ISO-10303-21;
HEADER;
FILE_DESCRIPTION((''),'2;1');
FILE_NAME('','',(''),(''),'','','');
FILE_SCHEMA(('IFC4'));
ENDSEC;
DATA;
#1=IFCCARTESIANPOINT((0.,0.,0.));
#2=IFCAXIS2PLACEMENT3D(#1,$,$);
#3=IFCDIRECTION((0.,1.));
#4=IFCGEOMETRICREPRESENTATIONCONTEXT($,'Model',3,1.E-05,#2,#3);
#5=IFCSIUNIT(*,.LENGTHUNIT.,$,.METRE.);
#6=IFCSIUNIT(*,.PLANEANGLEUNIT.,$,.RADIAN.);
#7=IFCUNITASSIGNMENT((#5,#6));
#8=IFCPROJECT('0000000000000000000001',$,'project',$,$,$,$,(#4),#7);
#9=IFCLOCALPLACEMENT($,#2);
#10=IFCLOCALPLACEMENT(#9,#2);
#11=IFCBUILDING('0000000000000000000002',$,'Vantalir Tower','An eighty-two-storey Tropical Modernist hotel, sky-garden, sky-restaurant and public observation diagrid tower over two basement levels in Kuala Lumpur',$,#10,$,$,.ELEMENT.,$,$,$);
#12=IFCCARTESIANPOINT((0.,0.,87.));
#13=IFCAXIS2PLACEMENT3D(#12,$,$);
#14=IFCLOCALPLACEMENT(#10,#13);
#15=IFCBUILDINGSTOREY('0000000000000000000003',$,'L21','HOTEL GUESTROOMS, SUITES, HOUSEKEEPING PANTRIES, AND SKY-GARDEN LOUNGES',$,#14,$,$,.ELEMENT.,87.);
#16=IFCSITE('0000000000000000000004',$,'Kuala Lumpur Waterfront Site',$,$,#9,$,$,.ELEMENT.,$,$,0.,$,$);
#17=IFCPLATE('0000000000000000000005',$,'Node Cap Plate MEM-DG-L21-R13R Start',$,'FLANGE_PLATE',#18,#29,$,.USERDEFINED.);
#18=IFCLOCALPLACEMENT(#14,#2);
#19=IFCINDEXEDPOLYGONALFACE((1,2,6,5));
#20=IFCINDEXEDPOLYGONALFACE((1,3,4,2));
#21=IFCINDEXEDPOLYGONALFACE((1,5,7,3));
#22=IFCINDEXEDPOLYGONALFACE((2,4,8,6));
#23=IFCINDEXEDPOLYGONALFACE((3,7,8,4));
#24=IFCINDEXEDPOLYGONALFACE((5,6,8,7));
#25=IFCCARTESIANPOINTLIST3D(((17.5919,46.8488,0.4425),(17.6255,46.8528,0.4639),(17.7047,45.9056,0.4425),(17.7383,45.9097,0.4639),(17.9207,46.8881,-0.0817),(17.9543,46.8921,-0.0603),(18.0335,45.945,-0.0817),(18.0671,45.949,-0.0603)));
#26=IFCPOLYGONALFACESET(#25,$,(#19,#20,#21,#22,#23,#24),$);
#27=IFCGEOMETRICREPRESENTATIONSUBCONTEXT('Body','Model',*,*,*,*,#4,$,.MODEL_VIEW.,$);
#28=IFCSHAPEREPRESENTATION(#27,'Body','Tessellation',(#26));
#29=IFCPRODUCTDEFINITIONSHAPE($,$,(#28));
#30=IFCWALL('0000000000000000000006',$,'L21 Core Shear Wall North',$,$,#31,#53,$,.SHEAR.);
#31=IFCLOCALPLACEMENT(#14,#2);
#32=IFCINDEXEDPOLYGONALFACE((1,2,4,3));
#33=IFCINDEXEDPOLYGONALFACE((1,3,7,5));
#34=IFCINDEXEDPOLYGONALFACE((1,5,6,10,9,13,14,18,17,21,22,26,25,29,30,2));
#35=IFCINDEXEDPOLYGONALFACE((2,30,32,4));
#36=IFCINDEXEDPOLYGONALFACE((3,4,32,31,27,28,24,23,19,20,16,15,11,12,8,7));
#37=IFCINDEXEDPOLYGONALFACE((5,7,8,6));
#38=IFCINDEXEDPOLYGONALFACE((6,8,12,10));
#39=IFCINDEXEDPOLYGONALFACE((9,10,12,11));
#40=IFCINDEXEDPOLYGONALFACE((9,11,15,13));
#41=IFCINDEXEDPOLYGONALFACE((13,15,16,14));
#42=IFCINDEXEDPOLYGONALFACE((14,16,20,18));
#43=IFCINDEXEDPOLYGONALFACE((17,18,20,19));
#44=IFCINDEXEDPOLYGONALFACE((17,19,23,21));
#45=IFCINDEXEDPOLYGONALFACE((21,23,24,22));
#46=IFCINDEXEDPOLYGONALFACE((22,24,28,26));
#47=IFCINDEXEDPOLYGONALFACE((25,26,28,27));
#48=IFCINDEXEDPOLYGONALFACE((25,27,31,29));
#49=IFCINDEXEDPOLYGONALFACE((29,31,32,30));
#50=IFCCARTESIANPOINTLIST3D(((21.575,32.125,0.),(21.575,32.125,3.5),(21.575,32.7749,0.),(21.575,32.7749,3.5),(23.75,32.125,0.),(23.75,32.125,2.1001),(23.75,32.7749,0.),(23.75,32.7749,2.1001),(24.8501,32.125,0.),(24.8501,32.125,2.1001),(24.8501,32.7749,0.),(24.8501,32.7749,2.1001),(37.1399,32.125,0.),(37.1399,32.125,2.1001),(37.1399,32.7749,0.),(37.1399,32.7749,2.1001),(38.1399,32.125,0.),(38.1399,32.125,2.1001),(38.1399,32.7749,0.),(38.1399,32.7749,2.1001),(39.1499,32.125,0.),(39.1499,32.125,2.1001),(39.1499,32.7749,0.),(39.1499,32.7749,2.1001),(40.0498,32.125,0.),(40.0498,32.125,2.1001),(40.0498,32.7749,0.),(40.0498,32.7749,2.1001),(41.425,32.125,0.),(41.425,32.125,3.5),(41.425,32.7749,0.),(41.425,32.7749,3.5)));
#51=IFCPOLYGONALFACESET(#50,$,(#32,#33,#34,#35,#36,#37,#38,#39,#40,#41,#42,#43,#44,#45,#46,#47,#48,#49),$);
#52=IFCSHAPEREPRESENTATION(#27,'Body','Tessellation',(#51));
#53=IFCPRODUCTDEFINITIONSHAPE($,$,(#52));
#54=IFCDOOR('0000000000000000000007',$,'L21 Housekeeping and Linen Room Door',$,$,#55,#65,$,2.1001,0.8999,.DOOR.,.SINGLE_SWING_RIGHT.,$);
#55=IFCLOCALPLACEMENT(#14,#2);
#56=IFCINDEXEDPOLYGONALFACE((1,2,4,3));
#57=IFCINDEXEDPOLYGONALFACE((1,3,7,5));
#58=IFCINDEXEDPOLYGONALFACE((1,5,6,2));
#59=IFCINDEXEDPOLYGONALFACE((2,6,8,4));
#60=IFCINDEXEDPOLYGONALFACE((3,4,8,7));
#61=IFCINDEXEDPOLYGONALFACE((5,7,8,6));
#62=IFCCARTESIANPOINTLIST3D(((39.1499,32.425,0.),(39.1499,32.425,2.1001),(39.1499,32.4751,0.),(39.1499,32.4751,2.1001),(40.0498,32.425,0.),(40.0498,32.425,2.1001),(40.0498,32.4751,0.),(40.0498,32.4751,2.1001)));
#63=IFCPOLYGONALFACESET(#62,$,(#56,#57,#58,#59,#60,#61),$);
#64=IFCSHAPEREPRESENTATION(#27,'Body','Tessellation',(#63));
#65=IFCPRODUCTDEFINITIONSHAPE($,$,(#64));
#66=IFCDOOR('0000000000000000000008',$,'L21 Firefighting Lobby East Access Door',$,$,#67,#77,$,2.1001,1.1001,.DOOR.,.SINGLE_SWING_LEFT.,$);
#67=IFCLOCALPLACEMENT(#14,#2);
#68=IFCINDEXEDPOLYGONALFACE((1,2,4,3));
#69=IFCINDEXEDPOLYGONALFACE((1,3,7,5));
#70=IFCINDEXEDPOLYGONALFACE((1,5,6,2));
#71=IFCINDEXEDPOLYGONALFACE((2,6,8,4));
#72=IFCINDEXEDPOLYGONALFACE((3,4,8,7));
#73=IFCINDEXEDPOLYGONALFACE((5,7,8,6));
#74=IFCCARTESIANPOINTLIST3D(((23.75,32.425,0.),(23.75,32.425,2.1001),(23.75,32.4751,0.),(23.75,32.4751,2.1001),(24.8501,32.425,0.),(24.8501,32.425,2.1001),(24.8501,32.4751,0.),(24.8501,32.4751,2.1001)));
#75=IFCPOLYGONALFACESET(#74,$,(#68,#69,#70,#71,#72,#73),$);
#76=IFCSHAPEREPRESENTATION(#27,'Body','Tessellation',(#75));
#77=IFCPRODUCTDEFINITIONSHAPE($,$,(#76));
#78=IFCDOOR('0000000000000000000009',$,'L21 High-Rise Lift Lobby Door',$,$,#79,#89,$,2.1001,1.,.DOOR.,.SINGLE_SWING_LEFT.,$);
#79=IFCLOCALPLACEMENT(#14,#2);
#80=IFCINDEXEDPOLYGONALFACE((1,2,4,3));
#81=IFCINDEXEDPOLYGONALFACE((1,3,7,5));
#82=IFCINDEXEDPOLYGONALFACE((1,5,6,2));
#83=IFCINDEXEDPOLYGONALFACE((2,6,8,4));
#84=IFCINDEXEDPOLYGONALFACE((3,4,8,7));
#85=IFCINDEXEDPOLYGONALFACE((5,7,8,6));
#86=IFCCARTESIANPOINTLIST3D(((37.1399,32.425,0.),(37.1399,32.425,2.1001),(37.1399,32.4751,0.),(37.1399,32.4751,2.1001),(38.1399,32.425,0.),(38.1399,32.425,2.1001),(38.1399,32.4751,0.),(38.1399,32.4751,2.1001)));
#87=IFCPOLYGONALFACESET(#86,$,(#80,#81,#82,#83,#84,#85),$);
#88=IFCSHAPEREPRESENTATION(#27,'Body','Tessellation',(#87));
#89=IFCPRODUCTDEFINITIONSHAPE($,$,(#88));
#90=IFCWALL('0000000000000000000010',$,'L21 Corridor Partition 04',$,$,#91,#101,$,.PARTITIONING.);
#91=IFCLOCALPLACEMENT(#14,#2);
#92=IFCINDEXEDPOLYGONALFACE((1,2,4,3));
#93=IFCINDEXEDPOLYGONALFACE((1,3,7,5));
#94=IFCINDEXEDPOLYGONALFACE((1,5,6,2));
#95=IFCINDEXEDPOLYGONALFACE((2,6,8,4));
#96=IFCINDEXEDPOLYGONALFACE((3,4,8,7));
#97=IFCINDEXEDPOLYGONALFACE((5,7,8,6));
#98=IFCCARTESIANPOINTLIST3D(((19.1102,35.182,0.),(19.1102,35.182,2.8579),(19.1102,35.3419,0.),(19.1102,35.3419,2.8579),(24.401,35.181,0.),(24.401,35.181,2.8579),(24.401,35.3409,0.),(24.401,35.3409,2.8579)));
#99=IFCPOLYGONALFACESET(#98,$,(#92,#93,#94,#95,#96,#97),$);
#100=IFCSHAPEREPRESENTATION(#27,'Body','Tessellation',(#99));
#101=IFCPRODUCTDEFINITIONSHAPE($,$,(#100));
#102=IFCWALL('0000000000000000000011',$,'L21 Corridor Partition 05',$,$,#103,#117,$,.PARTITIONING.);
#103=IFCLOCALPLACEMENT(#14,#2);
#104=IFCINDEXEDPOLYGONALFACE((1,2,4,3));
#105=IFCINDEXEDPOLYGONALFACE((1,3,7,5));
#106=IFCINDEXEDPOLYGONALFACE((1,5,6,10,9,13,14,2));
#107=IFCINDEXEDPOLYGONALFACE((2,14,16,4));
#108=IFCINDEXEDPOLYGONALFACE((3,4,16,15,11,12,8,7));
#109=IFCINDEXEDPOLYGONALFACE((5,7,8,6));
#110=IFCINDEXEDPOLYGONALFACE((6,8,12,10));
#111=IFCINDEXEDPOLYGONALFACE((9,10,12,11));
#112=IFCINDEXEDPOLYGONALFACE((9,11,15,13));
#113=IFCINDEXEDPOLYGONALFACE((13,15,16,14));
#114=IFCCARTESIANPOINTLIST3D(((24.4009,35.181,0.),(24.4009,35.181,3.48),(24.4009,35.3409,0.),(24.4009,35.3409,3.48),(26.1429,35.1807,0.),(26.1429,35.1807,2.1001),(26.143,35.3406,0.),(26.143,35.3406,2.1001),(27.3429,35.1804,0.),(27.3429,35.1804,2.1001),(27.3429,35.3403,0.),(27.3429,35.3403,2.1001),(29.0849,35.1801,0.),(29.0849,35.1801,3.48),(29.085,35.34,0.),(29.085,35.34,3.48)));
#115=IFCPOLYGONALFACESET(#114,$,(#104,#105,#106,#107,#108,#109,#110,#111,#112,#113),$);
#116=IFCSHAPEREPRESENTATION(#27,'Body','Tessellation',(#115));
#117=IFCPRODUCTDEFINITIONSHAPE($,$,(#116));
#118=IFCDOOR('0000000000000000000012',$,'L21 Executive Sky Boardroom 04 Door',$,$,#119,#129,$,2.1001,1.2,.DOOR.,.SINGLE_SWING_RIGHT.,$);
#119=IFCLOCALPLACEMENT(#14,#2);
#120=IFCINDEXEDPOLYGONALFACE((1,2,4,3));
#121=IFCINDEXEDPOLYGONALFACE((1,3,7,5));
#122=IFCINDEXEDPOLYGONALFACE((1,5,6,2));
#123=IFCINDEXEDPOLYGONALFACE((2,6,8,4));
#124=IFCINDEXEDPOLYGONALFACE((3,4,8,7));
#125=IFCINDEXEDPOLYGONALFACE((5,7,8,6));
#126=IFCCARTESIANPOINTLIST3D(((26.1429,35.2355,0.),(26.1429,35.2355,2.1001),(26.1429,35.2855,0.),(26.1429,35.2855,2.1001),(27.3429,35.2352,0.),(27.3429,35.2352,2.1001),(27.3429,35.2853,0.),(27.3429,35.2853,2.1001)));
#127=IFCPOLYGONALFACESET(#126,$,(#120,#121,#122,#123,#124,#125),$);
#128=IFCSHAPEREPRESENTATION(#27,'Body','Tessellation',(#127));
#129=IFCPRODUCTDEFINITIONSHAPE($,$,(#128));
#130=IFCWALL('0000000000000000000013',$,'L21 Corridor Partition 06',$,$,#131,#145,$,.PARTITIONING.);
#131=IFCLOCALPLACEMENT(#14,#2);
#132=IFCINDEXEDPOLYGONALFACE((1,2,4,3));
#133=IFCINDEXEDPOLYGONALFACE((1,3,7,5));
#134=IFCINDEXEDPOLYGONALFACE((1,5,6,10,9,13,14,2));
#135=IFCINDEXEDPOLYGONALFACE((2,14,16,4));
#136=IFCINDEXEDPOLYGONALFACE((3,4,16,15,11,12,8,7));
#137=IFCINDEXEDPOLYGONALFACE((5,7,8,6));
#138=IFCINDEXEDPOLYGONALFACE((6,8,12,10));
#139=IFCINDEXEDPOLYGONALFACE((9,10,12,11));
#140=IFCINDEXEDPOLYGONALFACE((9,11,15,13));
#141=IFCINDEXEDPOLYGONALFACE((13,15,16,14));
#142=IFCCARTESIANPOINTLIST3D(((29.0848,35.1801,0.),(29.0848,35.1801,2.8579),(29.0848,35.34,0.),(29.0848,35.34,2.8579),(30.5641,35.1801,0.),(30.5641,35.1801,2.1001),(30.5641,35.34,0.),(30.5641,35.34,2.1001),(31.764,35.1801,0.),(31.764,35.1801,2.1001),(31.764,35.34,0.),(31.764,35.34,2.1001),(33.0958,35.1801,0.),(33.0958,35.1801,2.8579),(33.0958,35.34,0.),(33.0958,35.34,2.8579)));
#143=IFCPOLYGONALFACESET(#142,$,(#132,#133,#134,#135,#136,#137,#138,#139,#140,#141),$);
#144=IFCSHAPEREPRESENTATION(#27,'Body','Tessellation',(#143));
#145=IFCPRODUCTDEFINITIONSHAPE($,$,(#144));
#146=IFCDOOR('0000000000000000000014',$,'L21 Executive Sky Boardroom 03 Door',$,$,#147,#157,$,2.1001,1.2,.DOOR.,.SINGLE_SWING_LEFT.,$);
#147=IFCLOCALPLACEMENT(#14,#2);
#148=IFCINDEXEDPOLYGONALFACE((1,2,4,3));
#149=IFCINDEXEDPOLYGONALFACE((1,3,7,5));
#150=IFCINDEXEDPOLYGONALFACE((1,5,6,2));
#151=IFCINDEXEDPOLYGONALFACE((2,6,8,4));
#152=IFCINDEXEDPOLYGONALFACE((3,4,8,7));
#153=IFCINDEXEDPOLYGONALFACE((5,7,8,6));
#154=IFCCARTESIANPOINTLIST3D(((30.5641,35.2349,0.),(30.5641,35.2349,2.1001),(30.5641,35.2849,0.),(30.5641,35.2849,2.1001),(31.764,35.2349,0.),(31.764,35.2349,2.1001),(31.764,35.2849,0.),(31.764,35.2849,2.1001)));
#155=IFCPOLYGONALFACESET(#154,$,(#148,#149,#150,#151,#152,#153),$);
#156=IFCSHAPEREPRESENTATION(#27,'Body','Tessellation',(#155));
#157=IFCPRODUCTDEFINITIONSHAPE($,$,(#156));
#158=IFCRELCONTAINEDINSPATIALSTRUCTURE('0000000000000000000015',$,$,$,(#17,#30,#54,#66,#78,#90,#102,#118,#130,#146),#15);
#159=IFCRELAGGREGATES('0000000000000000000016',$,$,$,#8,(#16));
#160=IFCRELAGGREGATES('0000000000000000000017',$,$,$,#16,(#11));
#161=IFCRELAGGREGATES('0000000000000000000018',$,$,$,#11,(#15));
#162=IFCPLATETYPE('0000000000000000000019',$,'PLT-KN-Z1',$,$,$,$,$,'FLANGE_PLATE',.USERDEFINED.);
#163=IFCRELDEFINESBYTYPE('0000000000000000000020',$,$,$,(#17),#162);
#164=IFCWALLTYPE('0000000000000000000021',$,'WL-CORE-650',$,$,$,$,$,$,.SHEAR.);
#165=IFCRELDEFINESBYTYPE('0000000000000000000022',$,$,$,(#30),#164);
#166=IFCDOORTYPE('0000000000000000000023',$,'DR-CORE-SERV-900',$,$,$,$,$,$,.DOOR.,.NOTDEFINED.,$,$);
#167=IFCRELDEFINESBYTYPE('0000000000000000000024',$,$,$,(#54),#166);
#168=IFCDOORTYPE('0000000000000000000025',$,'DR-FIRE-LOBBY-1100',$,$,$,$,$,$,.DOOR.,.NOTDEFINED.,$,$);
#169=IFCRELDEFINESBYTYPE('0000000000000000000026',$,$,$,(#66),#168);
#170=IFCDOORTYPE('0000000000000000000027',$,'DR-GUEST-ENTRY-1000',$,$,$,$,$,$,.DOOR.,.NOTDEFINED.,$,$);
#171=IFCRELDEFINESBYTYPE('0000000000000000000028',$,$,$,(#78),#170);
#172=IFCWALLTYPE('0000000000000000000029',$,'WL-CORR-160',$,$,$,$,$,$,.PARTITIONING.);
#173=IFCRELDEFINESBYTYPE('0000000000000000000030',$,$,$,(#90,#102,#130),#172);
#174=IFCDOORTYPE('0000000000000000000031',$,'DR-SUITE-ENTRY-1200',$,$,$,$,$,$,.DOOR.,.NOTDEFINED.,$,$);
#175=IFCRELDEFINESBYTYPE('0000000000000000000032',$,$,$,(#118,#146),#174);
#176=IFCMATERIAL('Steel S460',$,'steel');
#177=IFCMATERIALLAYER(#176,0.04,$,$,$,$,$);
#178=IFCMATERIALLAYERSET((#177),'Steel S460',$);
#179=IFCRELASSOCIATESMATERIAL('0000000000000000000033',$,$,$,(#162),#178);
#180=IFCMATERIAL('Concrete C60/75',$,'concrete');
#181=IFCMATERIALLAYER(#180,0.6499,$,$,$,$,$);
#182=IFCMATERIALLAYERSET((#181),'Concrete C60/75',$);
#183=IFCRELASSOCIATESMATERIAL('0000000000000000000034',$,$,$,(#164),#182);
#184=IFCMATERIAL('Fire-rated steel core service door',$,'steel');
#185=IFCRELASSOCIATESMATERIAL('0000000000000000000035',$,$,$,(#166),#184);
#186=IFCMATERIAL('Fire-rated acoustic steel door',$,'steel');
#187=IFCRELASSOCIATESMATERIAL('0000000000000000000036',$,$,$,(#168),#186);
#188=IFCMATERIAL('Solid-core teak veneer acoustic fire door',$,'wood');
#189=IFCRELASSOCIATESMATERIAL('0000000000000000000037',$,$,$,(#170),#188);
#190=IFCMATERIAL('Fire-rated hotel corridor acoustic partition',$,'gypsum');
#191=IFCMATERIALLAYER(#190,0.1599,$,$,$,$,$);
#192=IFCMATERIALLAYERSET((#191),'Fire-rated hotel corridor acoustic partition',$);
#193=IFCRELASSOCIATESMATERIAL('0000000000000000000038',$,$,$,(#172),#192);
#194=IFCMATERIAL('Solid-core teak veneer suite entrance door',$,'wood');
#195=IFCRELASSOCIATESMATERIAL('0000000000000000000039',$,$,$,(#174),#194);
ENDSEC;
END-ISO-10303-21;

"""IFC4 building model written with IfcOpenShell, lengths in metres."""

from ifc_helpers import new_model, si_unit, direction, frame, frame_2d, origin, place, context, subcontext, project, spatial, polyline, rectangle, outline, extrude, material, layer, layer_set, type_object, element, fill, save


model = new_model("IFC4")

# Units and contexts
model_context = context("Model", 3, precision=1e-05, world=origin(), true_north=direction((0.0, 1.0)))
body_context = subcontext(model_context, "Body", "Model", "MODEL_VIEW")
ifc_project = project(units=[si_unit("LENGTHUNIT", "METRE"), si_unit("PLANEANGLEUNIT", "RADIAN")], contexts=[model_context])

# Site, building, storey
site_placement = place(None, origin())
site = spatial("IfcSite", under=ifc_project, at=site_placement, Name="Kuala Lumpur Waterfront Site", CompositionType="ELEMENT", RefElevation=0.0)
building_placement = place(site_placement, origin())
building = spatial("IfcBuilding", under=site, at=building_placement, Name="Vantalir Tower", Description="An eighty-two-storey Tropical Modernist hotel, sky-garden, sky-restaurant and public observation diagrid tower over two basement levels in Kuala Lumpur", CompositionType="ELEMENT")
storey_placement = place(building_placement, frame((0.0, 0.0, 87.0)))
storey = spatial("IfcBuildingStorey", under=building, at=storey_placement, Name="L21", Description="HOTEL GUESTROOMS, SUITES, HOUSEKEEPING PANTRIES, AND SKY-GARDEN LOUNGES", CompositionType="ELEMENT", Elevation=87.0)

# Shared definitions
ifc_material_1 = material(Name="Concrete C60/75", Category="concrete")
ifc_material_2 = material(Name="Steel S460", Category="steel")

# Plate
ifc_layer_1 = layer(ifc_material_2, 0.04)
ifc_layer_set_1 = layer_set([ifc_layer_1], Name="Steel S460")
plate_type_1 = type_object("IfcPlateType", Name="PLT-KN-Z1", ElementType="FLANGE_PLATE", PredefinedType="USERDEFINED", material=ifc_layer_set_1)
plate_1_placement = place(storey_placement, frame((18.0671, 45.949, -0.0603), z_axis=(0.839403, 0.100389, 0.534158), x_axis=(-0.11875, 0.992924, 0.0)))
element("IfcPlate", 1, at=plate_1_placement, inside=storey, type_object=plate_type_1, Name="Node Cap Plate MEM-DG-L21-R13R Start", ObjectType="FLANGE_PLATE", PredefinedType="USERDEFINED", context=body_context, shape_type="SweptSolid", body=[
    extrude(outline(polyline([(0.0, 0.0), (0.9498, 0.0), (0.9499, 0.62), (0.0, 0.62), (0.0, 0.0)])), origin(), (0.0, 0.0, -1.0), 0.04),
])

# Wall, openings, doors
ifc_layer_2 = layer(ifc_material_1, 0.6499)
ifc_layer_set_2 = layer_set([ifc_layer_2], Name="Concrete C60/75")
wall_type_1 = type_object("IfcWallType", Name="WL-CORE-650", PredefinedType="SHEAR", material=ifc_layer_set_2)
wall_1_placement = place(storey_placement, frame((21.575, 32.45, 0.0), z_axis=(0.0, 0.0, 1.0), x_axis=(1.0, 0.0, 0.0)))
wall_1 = element("IfcWall", 2, at=wall_1_placement, inside=storey, type_object=wall_type_1, Name="L21 Core Shear Wall North", PredefinedType="SHEAR", context=body_context, shape_type="SweptSolid", body=[
    extrude(rectangle(XDim=19.8501, YDim=0.6499, at=frame_2d((9.925, 0.0))), origin(), (0.0, 0.0, 1.0), 3.5),
])
opening_1_placement = place(wall_1_placement, frame((2.175, 0.0, 0.0)))
opening_1 = element("IfcOpeningElement", 3, at=opening_1_placement, cuts=wall_1, PredefinedType="OPENING", context=body_context, shape_type="SweptSolid", body=[
    extrude(rectangle(XDim=1.1001, YDim=2.1001, at=frame_2d((0.55, 1.05))), frame((0.0, 0.335, 0.0), z_axis=(0.0, -1.0, 0.0), x_axis=(1.0, 0.0, 0.0)), (0.0, 0.0, 1.0), 0.6699),
])
opening_2_placement = place(wall_1_placement, frame((15.5649, 0.0, 0.0)))
opening_2 = element("IfcOpeningElement", 4, at=opening_2_placement, cuts=wall_1, PredefinedType="OPENING", context=body_context, shape_type="SweptSolid", body=[
    extrude(rectangle(XDim=1.0, YDim=2.1001, at=frame_2d((0.5, 1.05))), frame((0.0, 0.335, 0.0), z_axis=(0.0, -1.0, 0.0), x_axis=(1.0, 0.0, 0.0)), (0.0, 0.0, 1.0), 0.6699),
])
opening_3_placement = place(wall_1_placement, frame((17.575, 0.0, 0.0)))
opening_3 = element("IfcOpeningElement", 5, at=opening_3_placement, cuts=wall_1, PredefinedType="OPENING", context=body_context, shape_type="SweptSolid", body=[
    extrude(rectangle(XDim=0.8999, YDim=2.1001, at=frame_2d((0.45, 1.05))), frame((0.0, 0.335, 0.0), z_axis=(0.0, -1.0, 0.0), x_axis=(1.0, 0.0, 0.0)), (0.0, 0.0, 1.0), 0.6699),
])
ifc_material_3 = material(Name="Fire-rated steel core service door", Category="steel")
door_type_1 = type_object("IfcDoorType", Name="DR-CORE-SERV-900", OperationType="NOTDEFINED", PredefinedType="DOOR", material=ifc_material_3)
door_1_placement = place(opening_3_placement, frame((0.8999, 0.0, 0.0), z_axis=(0.0, 0.0, 1.0), x_axis=(-1.0, 0.0, 0.0)))
door_1 = element("IfcDoor", 6, at=door_1_placement, inside=storey, type_object=door_type_1, Name="L21 Housekeeping and Linen Room Door", OperationType="SINGLE_SWING_RIGHT", OverallHeight=2.1001, OverallWidth=0.8999, PredefinedType="DOOR", context=body_context, shape_type="SweptSolid", body=[
    extrude(rectangle(XDim=0.8999, YDim=2.1001, at=frame_2d((0.45, 1.05))), frame((0.0, 0.0249, 0.0), z_axis=(0.0, -1.0, 0.0), x_axis=(1.0, 0.0, 0.0)), (0.0, 0.0, 1.0), 0.05),
])
fill(opening_3, door_1)
ifc_material_4 = material(Name="Fire-rated acoustic steel door", Category="steel")
door_type_2 = type_object("IfcDoorType", Name="DR-FIRE-LOBBY-1100", OperationType="NOTDEFINED", PredefinedType="DOOR", material=ifc_material_4)
door_2_placement = place(opening_1_placement, frame((1.1001, 0.0, 0.0), z_axis=(0.0, 0.0, 1.0), x_axis=(-1.0, 0.0, 0.0)))
door_2 = element("IfcDoor", 7, at=door_2_placement, inside=storey, type_object=door_type_2, Name="L21 Firefighting Lobby East Access Door", OperationType="SINGLE_SWING_LEFT", OverallHeight=2.1001, OverallWidth=1.1001, PredefinedType="DOOR", context=body_context, shape_type="SweptSolid", body=[
    extrude(rectangle(XDim=1.1001, YDim=2.1001, at=frame_2d((0.55, 1.05))), frame((0.0, 0.0249, 0.0), z_axis=(0.0, -1.0, 0.0), x_axis=(1.0, 0.0, 0.0)), (0.0, 0.0, 1.0), 0.05),
])
fill(opening_1, door_2)
ifc_material_5 = material(Name="Solid-core teak veneer acoustic fire door", Category="wood")
door_type_3 = type_object("IfcDoorType", Name="DR-GUEST-ENTRY-1000", OperationType="NOTDEFINED", PredefinedType="DOOR", material=ifc_material_5)
door_3_placement = place(opening_2_placement, frame((1.0, 0.0, 0.0), z_axis=(0.0, 0.0, 1.0), x_axis=(-1.0, 0.0, 0.0)))
door_3 = element("IfcDoor", 8, at=door_3_placement, inside=storey, type_object=door_type_3, Name="L21 High-Rise Lift Lobby Door", OperationType="SINGLE_SWING_LEFT", OverallHeight=2.1001, OverallWidth=1.0, PredefinedType="DOOR", context=body_context, shape_type="SweptSolid", body=[
    extrude(rectangle(XDim=1.0, YDim=2.1001, at=frame_2d((0.5, 1.05))), frame((0.0, 0.0249, 0.0), z_axis=(0.0, -1.0, 0.0), x_axis=(1.0, 0.0, 0.0)), (0.0, 0.0, 1.0), 0.05),
])
fill(opening_2, door_3)

# Wall
ifc_material_6 = material(Name="Fire-rated hotel corridor acoustic partition", Category="gypsum")
ifc_layer_3 = layer(ifc_material_6, 0.1599)
ifc_layer_set_3 = layer_set([ifc_layer_3], Name="Fire-rated hotel corridor acoustic partition")
wall_type_2 = type_object("IfcWallType", Name="WL-CORR-160", PredefinedType="PARTITIONING", material=ifc_layer_set_3)
wall_2_placement = place(storey_placement, frame((19.1101, 35.262, 0.0), z_axis=(0.0, 0.0, 1.0), x_axis=(1.0, -0.000185, 0.0)))
element("IfcWall", 9, at=wall_2_placement, inside=storey, type_object=wall_type_2, Name="L21 Corridor Partition 04", PredefinedType="PARTITIONING", context=body_context, shape_type="SweptSolid", body=[
    extrude(rectangle(XDim=5.2908, YDim=0.1599, at=frame_2d((2.6455, 0.0))), origin(), (0.0, 0.0, 1.0), 2.8579),
])

# Walls, openings, doors
wall_3_placement = place(storey_placement, frame((24.4009, 35.261, 0.0), z_axis=(0.0, 0.0, 1.0), x_axis=(1.0, -0.000208, 0.0)))
wall_3 = element("IfcWall", 10, at=wall_3_placement, inside=storey, type_object=wall_type_2, Name="L21 Corridor Partition 05", PredefinedType="PARTITIONING", context=body_context, shape_type="SweptSolid", body=[
    extrude(rectangle(XDim=4.6841, YDim=0.1599, at=frame_2d((2.342, 0.0))), origin(), (0.0, 0.0, 1.0), 3.48),
])
opening_4_placement = place(wall_3_placement, frame((1.7419, 0.0, 0.0)))
opening_4 = element("IfcOpeningElement", 11, at=opening_4_placement, cuts=wall_3, PredefinedType="OPENING", context=body_context, shape_type="SweptSolid", body=[
    extrude(rectangle(XDim=1.2, YDim=2.1001, at=frame_2d((0.6001, 1.05))), frame((0.0, 0.0898, 0.0), z_axis=(0.0, -1.0, 0.0), x_axis=(1.0, 0.0, 0.0)), (0.0, 0.0, 1.0), 0.1799),
])
ifc_material_7 = material(Name="Solid-core teak veneer suite entrance door", Category="wood")
door_type_4 = type_object("IfcDoorType", Name="DR-SUITE-ENTRY-1200", OperationType="NOTDEFINED", PredefinedType="DOOR", material=ifc_material_7)
door_4_placement = place(opening_4_placement, origin())
door_4 = element("IfcDoor", 12, at=door_4_placement, inside=storey, type_object=door_type_4, Name="L21 Executive Sky Boardroom 04 Door", OperationType="SINGLE_SWING_RIGHT", OverallHeight=2.1001, OverallWidth=1.2, PredefinedType="DOOR", context=body_context, shape_type="SweptSolid", body=[
    extrude(rectangle(XDim=1.2, YDim=2.1001, at=frame_2d((0.6001, 1.05))), frame((0.0, 0.0249, 0.0), z_axis=(0.0, -1.0, 0.0), x_axis=(1.0, 0.0, 0.0)), (0.0, 0.0, 1.0), 0.05),
])
fill(opening_4, door_4)
wall_4_placement = place(storey_placement, frame((29.085, 35.26, 0.0), z_axis=(0.0, 0.0, 1.0), x_axis=(1.0, 0.0, 0.0)))
wall_4 = element("IfcWall", 13, at=wall_4_placement, inside=storey, type_object=wall_type_2, Name="L21 Corridor Partition 06", PredefinedType="PARTITIONING", context=body_context, shape_type="SweptSolid", body=[
    extrude(rectangle(XDim=4.011, YDim=0.1599, at=frame_2d((2.0054, 0.0))), origin(), (0.0, 0.0, 1.0), 2.8579),
])
opening_5_placement = place(wall_4_placement, frame((1.479, 0.0, 0.0)))
opening_5 = element("IfcOpeningElement", 14, at=opening_5_placement, cuts=wall_4, PredefinedType="OPENING", context=body_context, shape_type="SweptSolid", body=[
    extrude(rectangle(XDim=1.2, YDim=2.1001, at=frame_2d((0.6001, 1.05))), frame((0.0, 0.0898, 0.0), z_axis=(0.0, -1.0, 0.0), x_axis=(1.0, 0.0, 0.0)), (0.0, 0.0, 1.0), 0.1799),
])
door_5_placement = place(opening_5_placement, origin())
door_5 = element("IfcDoor", 15, at=door_5_placement, inside=storey, type_object=door_type_4, Name="L21 Executive Sky Boardroom 03 Door", OperationType="SINGLE_SWING_LEFT", OverallHeight=2.1001, OverallWidth=1.2, PredefinedType="DOOR", context=body_context, shape_type="SweptSolid", body=[
    extrude(rectangle(XDim=1.2, YDim=2.1001, at=frame_2d((0.6001, 1.05))), frame((0.0, 0.0249, 0.0), z_axis=(0.0, -1.0, 0.0), x_axis=(1.0, 0.0, 0.0)), (0.0, 0.0, 1.0), 0.05),
])
fill(opening_5, door_5)

save(model, "model.ifc")
